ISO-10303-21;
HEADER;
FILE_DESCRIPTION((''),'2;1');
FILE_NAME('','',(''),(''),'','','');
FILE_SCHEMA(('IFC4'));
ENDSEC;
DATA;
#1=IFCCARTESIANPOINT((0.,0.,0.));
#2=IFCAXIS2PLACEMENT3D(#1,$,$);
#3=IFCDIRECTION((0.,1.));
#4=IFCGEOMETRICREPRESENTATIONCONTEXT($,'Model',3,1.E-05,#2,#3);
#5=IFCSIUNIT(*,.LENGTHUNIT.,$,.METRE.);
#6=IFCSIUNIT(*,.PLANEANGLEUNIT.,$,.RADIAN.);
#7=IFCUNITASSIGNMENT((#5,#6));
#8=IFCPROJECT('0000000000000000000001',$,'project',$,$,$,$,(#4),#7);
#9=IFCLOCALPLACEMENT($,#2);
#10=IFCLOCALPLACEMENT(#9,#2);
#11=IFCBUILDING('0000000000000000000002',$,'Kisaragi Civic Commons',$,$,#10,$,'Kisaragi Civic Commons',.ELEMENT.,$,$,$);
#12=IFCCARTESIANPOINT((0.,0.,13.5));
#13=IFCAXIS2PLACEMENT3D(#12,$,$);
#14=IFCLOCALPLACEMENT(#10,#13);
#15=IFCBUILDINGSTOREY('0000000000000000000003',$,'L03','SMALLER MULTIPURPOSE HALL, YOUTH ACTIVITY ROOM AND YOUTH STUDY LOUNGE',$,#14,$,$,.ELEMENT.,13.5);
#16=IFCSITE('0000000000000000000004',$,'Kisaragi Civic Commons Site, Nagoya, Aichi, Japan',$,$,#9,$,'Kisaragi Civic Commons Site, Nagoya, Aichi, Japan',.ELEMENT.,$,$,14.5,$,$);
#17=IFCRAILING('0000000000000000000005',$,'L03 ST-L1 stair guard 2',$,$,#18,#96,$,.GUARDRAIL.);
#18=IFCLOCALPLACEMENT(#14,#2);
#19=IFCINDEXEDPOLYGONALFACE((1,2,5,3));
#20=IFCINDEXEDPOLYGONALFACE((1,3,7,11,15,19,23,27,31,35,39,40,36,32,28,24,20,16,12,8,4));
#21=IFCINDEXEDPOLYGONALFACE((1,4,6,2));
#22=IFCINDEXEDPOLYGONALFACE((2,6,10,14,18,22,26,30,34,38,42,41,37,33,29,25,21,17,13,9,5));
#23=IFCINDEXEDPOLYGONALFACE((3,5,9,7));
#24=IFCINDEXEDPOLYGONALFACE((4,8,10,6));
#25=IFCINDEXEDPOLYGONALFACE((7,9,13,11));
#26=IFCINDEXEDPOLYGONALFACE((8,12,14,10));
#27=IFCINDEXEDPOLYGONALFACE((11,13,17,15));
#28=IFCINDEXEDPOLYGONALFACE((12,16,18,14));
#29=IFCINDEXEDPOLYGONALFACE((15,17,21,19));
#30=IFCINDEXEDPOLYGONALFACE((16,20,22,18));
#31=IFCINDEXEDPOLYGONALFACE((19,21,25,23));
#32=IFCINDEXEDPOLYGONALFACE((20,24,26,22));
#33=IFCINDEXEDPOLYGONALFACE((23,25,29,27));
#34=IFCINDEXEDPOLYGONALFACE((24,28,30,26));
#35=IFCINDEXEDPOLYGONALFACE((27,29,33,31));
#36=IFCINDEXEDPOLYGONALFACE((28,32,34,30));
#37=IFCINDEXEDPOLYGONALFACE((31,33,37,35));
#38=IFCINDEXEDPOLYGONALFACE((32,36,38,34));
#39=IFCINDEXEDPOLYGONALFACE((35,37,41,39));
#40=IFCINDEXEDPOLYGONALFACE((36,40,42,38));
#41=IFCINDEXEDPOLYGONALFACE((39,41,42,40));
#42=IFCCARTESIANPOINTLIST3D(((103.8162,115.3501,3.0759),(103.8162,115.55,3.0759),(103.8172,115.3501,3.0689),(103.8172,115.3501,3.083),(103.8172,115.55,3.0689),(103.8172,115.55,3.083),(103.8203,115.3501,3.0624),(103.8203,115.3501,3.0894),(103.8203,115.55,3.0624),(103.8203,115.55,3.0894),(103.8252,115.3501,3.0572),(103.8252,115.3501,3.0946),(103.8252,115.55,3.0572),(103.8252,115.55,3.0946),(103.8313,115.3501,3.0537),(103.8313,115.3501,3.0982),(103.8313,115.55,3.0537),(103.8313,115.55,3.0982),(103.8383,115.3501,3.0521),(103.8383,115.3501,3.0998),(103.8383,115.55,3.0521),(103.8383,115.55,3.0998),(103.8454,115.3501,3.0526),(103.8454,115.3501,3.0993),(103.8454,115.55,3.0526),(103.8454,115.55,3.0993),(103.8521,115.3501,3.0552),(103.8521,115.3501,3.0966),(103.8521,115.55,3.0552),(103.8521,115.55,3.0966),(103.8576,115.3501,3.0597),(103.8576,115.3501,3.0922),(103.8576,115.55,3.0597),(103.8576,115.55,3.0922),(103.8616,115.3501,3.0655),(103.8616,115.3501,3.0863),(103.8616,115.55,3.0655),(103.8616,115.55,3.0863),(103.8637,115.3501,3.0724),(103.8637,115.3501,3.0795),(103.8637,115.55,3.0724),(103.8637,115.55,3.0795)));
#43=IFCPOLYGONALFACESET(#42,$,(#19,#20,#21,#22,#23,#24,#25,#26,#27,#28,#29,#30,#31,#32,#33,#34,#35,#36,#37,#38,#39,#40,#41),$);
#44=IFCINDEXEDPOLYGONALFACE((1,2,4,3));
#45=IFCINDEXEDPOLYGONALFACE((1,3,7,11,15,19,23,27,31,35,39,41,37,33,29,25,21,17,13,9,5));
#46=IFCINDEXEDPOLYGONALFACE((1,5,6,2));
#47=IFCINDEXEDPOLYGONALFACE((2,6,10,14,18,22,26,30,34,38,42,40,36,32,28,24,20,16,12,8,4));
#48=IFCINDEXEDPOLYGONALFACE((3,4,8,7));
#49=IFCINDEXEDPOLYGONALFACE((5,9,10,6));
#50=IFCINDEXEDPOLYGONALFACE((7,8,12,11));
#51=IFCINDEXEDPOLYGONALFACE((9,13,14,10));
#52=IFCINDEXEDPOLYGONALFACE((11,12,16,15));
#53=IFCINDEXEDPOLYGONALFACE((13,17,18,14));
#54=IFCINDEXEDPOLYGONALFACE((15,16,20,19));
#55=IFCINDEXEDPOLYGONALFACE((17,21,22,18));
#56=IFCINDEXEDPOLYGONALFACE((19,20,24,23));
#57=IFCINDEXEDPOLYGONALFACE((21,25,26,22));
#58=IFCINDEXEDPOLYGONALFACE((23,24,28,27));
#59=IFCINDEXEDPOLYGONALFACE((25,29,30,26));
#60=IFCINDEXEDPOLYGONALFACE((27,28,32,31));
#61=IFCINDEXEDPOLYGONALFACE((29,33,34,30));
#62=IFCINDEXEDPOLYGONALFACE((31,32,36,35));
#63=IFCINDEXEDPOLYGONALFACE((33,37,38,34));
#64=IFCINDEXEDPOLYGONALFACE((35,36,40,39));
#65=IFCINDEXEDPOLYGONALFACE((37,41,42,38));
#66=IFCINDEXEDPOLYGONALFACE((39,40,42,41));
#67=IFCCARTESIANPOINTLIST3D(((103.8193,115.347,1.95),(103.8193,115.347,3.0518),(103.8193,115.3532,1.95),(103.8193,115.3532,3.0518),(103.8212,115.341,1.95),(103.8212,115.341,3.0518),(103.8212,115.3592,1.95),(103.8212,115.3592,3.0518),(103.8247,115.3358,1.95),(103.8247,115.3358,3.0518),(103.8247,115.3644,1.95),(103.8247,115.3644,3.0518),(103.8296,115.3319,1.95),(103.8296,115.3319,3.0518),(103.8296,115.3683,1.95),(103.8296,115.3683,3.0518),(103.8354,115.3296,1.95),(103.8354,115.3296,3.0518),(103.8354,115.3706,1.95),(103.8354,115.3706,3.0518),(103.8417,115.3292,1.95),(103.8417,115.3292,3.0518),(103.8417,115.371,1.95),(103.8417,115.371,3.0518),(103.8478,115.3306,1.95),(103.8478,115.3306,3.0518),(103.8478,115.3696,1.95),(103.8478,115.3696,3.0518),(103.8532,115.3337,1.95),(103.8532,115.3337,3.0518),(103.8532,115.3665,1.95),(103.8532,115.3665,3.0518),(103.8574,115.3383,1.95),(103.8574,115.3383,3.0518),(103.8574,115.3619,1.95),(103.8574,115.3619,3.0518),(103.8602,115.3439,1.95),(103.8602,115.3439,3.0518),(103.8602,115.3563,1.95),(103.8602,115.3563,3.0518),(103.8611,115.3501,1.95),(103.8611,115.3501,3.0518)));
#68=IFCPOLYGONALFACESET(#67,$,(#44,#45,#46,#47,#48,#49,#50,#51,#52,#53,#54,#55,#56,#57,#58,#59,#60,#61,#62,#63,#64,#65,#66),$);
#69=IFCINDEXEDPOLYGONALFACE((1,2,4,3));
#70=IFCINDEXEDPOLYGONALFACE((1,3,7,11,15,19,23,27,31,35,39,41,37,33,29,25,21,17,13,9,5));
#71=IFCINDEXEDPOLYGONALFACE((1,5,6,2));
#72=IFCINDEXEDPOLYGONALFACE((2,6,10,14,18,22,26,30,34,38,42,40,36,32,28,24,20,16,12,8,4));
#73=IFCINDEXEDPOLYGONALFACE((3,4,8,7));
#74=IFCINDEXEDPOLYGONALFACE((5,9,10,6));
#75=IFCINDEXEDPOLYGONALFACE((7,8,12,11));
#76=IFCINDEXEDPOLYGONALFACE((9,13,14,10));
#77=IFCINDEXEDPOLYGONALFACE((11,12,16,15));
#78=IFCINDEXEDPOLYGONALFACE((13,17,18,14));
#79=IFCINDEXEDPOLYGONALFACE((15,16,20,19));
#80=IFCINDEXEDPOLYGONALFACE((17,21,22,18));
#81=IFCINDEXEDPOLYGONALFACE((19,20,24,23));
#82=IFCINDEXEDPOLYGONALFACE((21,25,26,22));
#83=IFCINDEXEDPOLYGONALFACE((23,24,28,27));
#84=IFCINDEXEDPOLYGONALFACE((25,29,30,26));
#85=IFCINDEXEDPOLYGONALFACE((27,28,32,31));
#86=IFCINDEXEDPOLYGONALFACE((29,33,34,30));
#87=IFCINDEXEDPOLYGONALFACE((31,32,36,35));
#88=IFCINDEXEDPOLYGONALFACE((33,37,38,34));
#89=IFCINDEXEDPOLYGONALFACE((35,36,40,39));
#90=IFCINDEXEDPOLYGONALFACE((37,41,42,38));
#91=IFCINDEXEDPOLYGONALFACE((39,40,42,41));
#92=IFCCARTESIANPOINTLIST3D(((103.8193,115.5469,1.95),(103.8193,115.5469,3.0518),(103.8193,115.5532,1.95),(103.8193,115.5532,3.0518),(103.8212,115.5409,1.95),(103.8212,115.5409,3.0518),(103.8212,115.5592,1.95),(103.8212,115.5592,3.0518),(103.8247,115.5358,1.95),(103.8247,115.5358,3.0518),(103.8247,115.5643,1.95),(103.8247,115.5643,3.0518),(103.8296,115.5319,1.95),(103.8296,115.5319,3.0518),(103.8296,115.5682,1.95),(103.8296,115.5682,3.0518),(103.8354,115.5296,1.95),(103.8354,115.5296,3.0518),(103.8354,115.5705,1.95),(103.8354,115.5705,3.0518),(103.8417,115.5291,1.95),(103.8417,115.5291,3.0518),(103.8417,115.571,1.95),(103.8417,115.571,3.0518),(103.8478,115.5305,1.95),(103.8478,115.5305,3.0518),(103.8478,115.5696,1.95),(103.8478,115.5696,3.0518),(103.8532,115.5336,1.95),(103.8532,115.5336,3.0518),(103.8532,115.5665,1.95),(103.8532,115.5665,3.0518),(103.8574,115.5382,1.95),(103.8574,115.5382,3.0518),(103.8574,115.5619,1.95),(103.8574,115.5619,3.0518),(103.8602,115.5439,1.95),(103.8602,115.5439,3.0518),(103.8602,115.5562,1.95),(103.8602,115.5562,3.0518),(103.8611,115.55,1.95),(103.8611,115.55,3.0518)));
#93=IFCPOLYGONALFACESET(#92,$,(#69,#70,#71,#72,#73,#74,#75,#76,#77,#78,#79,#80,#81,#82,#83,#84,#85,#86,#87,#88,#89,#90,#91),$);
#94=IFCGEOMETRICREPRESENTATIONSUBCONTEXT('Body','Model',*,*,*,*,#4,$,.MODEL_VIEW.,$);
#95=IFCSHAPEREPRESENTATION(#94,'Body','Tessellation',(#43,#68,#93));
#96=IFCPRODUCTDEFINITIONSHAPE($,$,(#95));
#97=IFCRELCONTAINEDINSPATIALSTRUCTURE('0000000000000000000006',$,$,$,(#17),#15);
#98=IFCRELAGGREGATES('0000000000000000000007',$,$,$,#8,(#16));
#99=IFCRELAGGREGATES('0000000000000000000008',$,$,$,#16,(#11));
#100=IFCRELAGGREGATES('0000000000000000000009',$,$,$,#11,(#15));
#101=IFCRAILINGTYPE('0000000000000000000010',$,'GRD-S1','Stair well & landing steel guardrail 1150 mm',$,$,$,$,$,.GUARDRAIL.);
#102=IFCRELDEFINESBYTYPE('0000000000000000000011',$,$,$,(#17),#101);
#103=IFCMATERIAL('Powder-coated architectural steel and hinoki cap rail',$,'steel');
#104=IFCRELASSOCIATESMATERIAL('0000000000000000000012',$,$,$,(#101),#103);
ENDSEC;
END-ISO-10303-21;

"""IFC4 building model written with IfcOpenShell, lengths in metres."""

from ifc_helpers import new_model, si_unit, direction, frame, origin, origin_2d, place, context, subcontext, project, spatial, circle, extrude, material, type_object, element, save


model = new_model("IFC4")

# Units and contexts
model_context = context("Model", 3, precision=1e-05, world=origin(), true_north=direction((0.0, 1.0)))
body_context = subcontext(model_context, "Body", "Model", "MODEL_VIEW")
ifc_project = project(units=[si_unit("LENGTHUNIT", "METRE"), si_unit("PLANEANGLEUNIT", "RADIAN")], contexts=[model_context])

# Site, building, storey
site_placement = place(None, origin())
site = spatial("IfcSite", under=ifc_project, at=site_placement, Name="Kisaragi Civic Commons Site, Nagoya, Aichi, Japan", LongName="Kisaragi Civic Commons Site, Nagoya, Aichi, Japan", CompositionType="ELEMENT", RefElevation=14.5)
building_placement = place(site_placement, origin())
building = spatial("IfcBuilding", under=site, at=building_placement, Name="Kisaragi Civic Commons", LongName="Kisaragi Civic Commons", CompositionType="ELEMENT")
storey_placement = place(building_placement, frame((0.0, 0.0, 13.5)))
storey = spatial("IfcBuildingStorey", under=building, at=storey_placement, Name="L03", Description="SMALLER MULTIPURPOSE HALL, YOUTH ACTIVITY ROOM AND YOUTH STUDY LOUNGE", CompositionType="ELEMENT", Elevation=13.5)

# Railing
ifc_material_1 = material(Name="Powder-coated architectural steel and hinoki cap rail", Category="steel")
railing_type_1 = type_object("IfcRailingType", Name="GRD-S1", Description="Stair well & landing steel guardrail 1150 mm", PredefinedType="GUARDRAIL", material=ifc_material_1)
railing_1_placement = place(storey_placement, frame((103.8401, 115.3501, 1.95)))
element("IfcRailing", 1, at=railing_1_placement, inside=storey, type_object=railing_type_1, Name="L03 ST-L1 stair guard 2", PredefinedType="GUARDRAIL", context=body_context, shape_type="SweptSolid", body=[
    extrude(circle(Radius=0.0239, at=origin_2d()), frame((0.0, 0.0, 1.126), z_axis=(0.0, 1.0, 0.0), x_axis=(-1.0, 0.0, 0.0)), (0.0, 0.0, 1.0), 0.2),
    extrude(circle(Radius=0.021, at=origin_2d()), origin(), (0.0, 0.0, 1.0), 1.1018),
    extrude(circle(Radius=0.021, at=origin_2d()), frame((0.0, 0.2, 0.0)), (0.0, 0.0, 1.0), 1.1018),
])

save(model, "model.ifc")
